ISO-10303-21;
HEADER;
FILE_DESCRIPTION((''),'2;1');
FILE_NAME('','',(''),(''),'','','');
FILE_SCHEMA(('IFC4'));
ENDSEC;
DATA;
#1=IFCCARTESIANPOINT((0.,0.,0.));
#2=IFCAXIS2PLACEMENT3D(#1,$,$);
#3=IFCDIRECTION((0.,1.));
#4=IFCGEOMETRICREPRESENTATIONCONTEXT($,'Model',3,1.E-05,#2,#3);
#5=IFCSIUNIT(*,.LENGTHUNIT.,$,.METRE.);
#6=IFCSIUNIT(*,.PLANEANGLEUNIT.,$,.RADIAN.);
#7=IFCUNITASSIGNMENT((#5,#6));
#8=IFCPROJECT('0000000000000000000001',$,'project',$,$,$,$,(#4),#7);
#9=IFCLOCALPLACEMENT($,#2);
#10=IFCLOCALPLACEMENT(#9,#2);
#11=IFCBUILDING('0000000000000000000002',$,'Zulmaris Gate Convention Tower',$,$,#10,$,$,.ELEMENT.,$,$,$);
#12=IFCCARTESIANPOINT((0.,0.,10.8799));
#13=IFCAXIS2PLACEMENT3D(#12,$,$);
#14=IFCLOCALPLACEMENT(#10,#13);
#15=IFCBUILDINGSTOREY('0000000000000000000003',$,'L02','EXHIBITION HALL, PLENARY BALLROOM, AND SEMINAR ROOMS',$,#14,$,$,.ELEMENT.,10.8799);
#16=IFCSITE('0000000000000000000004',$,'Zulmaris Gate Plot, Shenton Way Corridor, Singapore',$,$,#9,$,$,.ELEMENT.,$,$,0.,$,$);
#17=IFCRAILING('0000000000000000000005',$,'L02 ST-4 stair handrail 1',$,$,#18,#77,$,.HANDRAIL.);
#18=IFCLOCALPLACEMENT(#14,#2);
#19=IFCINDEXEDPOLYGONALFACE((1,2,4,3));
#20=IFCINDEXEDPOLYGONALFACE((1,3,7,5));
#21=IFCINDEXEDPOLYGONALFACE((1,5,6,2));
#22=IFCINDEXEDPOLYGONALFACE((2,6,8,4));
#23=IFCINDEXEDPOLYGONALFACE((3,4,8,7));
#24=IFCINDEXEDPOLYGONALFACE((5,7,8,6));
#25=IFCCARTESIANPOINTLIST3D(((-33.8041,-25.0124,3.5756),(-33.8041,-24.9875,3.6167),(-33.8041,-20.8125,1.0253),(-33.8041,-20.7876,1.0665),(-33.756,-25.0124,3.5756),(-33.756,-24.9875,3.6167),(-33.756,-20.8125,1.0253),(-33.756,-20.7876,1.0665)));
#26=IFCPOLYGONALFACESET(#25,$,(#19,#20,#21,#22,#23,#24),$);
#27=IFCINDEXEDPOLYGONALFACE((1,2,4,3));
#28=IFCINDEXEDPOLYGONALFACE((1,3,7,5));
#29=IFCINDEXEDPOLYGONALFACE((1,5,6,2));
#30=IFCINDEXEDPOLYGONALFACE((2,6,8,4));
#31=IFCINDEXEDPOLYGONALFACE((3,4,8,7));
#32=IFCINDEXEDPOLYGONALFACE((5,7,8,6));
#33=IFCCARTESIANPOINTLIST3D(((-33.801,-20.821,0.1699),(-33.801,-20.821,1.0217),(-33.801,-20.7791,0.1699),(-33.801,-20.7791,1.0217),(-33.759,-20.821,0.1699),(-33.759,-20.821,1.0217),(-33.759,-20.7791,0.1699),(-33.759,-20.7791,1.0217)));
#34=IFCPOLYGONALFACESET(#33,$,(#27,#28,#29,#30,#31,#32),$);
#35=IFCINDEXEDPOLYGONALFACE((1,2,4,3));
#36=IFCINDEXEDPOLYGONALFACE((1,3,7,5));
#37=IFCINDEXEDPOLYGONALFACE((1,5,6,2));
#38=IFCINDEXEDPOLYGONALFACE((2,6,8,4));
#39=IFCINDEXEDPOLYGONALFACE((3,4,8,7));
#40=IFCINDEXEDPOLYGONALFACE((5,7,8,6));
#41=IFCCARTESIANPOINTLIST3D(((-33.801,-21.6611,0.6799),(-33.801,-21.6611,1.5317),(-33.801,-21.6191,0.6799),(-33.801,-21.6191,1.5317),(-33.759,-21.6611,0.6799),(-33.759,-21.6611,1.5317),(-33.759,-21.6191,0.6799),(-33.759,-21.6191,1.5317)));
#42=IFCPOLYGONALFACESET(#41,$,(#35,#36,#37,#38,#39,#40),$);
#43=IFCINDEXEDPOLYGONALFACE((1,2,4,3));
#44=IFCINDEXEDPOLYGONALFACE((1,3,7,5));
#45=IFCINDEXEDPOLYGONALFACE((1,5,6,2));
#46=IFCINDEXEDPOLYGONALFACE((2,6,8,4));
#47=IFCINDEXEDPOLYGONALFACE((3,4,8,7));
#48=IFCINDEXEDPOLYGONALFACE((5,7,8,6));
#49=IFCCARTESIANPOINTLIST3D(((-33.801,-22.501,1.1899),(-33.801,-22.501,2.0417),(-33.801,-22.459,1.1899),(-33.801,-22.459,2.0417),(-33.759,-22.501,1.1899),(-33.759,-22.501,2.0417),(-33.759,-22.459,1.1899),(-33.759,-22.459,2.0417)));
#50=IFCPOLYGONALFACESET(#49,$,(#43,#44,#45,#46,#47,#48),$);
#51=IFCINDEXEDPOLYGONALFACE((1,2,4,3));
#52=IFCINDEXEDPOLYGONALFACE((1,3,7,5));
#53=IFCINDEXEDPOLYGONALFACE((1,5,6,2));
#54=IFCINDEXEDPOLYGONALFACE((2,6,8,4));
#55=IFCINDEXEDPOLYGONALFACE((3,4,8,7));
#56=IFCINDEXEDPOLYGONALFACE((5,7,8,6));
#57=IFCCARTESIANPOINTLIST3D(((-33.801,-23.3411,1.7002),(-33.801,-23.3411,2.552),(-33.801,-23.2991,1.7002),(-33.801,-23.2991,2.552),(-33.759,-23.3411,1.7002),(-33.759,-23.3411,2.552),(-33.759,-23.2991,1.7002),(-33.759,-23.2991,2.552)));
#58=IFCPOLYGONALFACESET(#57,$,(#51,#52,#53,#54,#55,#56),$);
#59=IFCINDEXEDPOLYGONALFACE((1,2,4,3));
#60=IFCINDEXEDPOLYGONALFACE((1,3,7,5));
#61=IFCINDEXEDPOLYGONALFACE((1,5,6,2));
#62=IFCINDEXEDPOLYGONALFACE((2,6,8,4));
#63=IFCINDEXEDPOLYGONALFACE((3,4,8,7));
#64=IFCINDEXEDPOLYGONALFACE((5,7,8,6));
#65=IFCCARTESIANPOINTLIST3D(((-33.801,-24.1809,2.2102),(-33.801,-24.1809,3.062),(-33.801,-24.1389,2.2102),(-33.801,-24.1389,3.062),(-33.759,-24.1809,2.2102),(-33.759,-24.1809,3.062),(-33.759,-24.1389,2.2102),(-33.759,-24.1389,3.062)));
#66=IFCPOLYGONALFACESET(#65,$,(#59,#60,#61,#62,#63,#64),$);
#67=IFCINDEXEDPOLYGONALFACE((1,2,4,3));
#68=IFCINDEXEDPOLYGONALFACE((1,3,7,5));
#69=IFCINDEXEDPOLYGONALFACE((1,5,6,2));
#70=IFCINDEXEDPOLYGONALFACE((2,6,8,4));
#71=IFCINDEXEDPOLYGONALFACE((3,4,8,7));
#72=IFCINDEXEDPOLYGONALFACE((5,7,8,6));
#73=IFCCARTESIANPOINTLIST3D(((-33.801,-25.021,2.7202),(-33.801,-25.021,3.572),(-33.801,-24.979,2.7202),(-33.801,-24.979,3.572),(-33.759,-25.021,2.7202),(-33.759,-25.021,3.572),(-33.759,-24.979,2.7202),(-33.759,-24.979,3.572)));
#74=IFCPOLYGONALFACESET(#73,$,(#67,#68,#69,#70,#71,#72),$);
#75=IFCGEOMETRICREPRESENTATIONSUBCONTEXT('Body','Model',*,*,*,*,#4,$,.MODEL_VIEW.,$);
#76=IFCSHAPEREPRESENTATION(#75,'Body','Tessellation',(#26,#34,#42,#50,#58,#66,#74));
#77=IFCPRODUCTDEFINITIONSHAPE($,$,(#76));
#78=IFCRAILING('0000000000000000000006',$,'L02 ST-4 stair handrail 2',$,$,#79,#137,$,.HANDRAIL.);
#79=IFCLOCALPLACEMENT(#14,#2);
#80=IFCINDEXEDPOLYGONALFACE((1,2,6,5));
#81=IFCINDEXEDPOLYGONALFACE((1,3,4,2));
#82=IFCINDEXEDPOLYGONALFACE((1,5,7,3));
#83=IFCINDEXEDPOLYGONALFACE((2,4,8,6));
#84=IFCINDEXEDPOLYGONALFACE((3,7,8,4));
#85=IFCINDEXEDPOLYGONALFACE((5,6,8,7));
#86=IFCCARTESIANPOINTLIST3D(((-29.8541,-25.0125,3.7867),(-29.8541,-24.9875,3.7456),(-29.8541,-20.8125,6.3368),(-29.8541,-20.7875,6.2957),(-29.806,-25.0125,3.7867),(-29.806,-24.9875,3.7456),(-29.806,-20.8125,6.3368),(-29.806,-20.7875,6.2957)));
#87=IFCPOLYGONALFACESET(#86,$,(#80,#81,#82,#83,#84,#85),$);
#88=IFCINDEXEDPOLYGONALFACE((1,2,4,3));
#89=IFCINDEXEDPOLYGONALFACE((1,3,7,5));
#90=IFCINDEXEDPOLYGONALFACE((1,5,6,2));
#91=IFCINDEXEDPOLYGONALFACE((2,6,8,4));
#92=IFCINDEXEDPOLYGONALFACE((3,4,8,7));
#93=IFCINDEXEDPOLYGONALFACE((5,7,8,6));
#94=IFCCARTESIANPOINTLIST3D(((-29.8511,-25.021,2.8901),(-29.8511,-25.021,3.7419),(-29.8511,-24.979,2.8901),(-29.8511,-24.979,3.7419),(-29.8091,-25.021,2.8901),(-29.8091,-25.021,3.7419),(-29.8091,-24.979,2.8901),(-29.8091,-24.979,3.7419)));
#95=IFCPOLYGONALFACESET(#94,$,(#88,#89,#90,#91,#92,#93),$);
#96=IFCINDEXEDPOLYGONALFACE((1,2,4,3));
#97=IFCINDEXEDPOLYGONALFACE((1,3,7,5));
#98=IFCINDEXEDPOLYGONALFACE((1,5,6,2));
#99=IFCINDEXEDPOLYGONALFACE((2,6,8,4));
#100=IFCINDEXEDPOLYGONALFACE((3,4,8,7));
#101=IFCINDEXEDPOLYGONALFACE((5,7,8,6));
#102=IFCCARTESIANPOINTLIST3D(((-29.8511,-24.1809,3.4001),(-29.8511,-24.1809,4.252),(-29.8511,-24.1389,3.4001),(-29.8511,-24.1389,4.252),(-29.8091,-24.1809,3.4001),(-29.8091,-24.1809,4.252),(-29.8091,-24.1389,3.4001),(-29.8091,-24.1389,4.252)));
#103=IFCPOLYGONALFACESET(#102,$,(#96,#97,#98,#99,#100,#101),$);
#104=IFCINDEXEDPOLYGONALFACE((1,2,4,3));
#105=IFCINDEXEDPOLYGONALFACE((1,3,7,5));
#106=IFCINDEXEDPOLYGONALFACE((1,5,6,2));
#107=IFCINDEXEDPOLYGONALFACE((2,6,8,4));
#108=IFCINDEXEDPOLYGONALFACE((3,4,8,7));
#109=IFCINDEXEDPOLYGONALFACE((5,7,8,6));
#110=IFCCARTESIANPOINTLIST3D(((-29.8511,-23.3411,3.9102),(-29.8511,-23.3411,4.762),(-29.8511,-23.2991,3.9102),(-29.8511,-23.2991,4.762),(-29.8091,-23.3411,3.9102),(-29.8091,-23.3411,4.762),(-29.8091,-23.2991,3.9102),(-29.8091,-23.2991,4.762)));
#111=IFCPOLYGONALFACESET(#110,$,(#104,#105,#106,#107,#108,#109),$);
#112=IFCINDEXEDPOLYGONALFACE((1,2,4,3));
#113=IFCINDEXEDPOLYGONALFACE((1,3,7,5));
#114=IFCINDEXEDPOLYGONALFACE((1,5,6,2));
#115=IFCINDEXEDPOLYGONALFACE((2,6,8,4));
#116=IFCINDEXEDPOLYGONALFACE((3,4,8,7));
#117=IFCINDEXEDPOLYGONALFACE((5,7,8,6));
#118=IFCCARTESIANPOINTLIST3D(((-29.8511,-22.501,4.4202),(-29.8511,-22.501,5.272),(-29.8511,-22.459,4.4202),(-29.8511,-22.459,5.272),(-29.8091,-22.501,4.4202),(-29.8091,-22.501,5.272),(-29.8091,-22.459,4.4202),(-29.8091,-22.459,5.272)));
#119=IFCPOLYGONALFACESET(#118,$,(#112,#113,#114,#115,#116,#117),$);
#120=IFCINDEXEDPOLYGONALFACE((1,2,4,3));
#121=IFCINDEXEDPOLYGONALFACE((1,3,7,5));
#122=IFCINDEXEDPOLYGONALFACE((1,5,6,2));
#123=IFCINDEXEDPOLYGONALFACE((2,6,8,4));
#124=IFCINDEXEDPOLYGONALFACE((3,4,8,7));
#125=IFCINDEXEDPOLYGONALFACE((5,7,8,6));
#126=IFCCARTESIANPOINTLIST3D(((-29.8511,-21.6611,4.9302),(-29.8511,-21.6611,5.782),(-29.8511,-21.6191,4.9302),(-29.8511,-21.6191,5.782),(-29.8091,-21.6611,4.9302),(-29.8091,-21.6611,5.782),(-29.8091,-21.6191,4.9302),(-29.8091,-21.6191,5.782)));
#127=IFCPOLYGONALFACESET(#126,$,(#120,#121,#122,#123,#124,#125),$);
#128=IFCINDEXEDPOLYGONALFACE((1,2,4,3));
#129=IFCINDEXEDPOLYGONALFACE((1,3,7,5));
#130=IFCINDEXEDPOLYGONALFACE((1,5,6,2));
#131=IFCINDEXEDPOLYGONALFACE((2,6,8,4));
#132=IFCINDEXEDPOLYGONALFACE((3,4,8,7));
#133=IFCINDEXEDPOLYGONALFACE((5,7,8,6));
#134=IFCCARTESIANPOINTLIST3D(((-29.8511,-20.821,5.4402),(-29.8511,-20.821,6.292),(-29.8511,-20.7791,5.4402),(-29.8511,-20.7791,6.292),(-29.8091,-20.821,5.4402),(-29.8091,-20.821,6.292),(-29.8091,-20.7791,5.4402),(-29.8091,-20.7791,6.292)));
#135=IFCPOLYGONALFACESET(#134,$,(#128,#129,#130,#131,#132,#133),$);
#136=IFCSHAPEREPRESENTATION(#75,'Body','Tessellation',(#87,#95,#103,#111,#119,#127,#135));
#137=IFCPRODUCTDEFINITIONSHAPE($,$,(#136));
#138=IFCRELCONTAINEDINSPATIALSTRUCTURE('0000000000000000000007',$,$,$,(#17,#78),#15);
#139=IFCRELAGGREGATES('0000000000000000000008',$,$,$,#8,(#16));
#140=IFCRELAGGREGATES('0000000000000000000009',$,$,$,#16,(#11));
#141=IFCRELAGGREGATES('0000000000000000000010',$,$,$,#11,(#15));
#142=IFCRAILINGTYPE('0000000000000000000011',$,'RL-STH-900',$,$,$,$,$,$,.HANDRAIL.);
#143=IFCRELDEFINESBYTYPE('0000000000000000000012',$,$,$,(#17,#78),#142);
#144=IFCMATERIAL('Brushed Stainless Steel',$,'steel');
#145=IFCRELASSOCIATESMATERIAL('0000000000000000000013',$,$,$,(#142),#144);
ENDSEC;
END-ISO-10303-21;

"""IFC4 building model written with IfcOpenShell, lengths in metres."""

from ifc_helpers import new_model, si_unit, direction, frame, origin, origin_2d, place, context, subcontext, project, spatial, rectangle, extrude, material, type_object, element, save


model = new_model("IFC4")

# Units and contexts
model_context = context("Model", 3, precision=1e-05, world=origin(), true_north=direction((0.0, 1.0)))
body_context = subcontext(model_context, "Body", "Model", "MODEL_VIEW")
ifc_project = project(units=[si_unit("LENGTHUNIT", "METRE"), si_unit("PLANEANGLEUNIT", "RADIAN")], contexts=[model_context])

# Site, building, storey
site_placement = place(None, origin())
site = spatial("IfcSite", under=ifc_project, at=site_placement, Name="Zulmaris Gate Plot, Shenton Way Corridor, Singapore", CompositionType="ELEMENT", RefElevation=0.0)
building_placement = place(site_placement, origin())
building = spatial("IfcBuilding", under=site, at=building_placement, Name="Zulmaris Gate Convention Tower", CompositionType="ELEMENT")
storey_placement = place(building_placement, frame((0.0, 0.0, 10.8799)))
storey = spatial("IfcBuildingStorey", under=building, at=storey_placement, Name="L02", Description="EXHIBITION HALL, PLENARY BALLROOM, AND SEMINAR ROOMS", CompositionType="ELEMENT", Elevation=10.8799)

# Railings
ifc_material_1 = material(Name="Brushed Stainless Steel", Category="steel")
railing_type_1 = type_object("IfcRailingType", Name="RL-STH-900", PredefinedType="HANDRAIL", material=ifc_material_1)
railing_1_placement = place(storey_placement, frame((-33.78, -20.8, 0.1699)))
element("IfcRailing", 1, at=railing_1_placement, inside=storey, type_object=railing_type_1, Name="L02 ST-4 stair handrail 1", PredefinedType="HANDRAIL", context=body_context, shape_type="SweptSolid", body=[
    extrude(rectangle(XDim=0.0481, YDim=0.0481, at=origin_2d()), frame((0.0, 0.0, 0.876), z_axis=(0.0, -0.854758, 0.519026), x_axis=(1.0, 0.0, 0.0)), (0.0, 0.0, 1.0), 4.9136),
    extrude(rectangle(XDim=0.042, YDim=0.042, at=origin_2d()), origin(), (0.0, 0.0, 1.0), 0.8518),
    extrude(rectangle(XDim=0.042, YDim=0.042, at=origin_2d()), frame((0.0, -0.8401, 0.51)), (0.0, 0.0, 1.0), 0.8518),
    extrude(rectangle(XDim=0.042, YDim=0.042, at=origin_2d()), frame((0.0, -1.6799, 1.02)), (0.0, 0.0, 1.0), 0.8518),
    extrude(rectangle(XDim=0.042, YDim=0.042, at=origin_2d()), frame((0.0, -2.52, 1.5303)), (0.0, 0.0, 1.0), 0.8518),
    extrude(rectangle(XDim=0.042, YDim=0.042, at=origin_2d()), frame((0.0, -3.3599, 2.0403)), (0.0, 0.0, 1.0), 0.8518),
    extrude(rectangle(XDim=0.042, YDim=0.042, at=origin_2d()), frame((0.0, -4.2, 2.5503)), (0.0, 0.0, 1.0), 0.8518),
])
railing_2_placement = place(storey_placement, frame((-29.8301, -25.0, 2.8901)))
element("IfcRailing", 2, at=railing_2_placement, inside=storey, type_object=railing_type_1, Name="L02 ST-4 stair handrail 2", PredefinedType="HANDRAIL", context=body_context, shape_type="SweptSolid", body=[
    extrude(rectangle(XDim=0.0481, YDim=0.0481, at=origin_2d()), frame((0.0, 0.0, 0.876), z_axis=(0.0, 0.85478, 0.51899), x_axis=(-1.0, 0.0, 0.0)), (0.0, 0.0, 1.0), 4.9136),
    extrude(rectangle(XDim=0.042, YDim=0.042, at=origin_2d()), origin(), (0.0, 0.0, 1.0), 0.8518),
    extrude(rectangle(XDim=0.042, YDim=0.042, at=origin_2d()), frame((0.0, 0.8401, 0.51)), (0.0, 0.0, 1.0), 0.8518),
    extrude(rectangle(XDim=0.042, YDim=0.042, at=origin_2d()), frame((0.0, 1.6799, 1.02)), (0.0, 0.0, 1.0), 0.8518),
    extrude(rectangle(XDim=0.042, YDim=0.042, at=origin_2d()), frame((0.0, 2.52, 1.53)), (0.0, 0.0, 1.0), 0.8518),
    extrude(rectangle(XDim=0.042, YDim=0.042, at=origin_2d()), frame((0.0, 3.3599, 2.04)), (0.0, 0.0, 1.0), 0.8518),
    extrude(rectangle(XDim=0.042, YDim=0.042, at=origin_2d()), frame((0.0, 4.2, 2.55)), (0.0, 0.0, 1.0), 0.8518),
])

save(model, "model.ifc")
